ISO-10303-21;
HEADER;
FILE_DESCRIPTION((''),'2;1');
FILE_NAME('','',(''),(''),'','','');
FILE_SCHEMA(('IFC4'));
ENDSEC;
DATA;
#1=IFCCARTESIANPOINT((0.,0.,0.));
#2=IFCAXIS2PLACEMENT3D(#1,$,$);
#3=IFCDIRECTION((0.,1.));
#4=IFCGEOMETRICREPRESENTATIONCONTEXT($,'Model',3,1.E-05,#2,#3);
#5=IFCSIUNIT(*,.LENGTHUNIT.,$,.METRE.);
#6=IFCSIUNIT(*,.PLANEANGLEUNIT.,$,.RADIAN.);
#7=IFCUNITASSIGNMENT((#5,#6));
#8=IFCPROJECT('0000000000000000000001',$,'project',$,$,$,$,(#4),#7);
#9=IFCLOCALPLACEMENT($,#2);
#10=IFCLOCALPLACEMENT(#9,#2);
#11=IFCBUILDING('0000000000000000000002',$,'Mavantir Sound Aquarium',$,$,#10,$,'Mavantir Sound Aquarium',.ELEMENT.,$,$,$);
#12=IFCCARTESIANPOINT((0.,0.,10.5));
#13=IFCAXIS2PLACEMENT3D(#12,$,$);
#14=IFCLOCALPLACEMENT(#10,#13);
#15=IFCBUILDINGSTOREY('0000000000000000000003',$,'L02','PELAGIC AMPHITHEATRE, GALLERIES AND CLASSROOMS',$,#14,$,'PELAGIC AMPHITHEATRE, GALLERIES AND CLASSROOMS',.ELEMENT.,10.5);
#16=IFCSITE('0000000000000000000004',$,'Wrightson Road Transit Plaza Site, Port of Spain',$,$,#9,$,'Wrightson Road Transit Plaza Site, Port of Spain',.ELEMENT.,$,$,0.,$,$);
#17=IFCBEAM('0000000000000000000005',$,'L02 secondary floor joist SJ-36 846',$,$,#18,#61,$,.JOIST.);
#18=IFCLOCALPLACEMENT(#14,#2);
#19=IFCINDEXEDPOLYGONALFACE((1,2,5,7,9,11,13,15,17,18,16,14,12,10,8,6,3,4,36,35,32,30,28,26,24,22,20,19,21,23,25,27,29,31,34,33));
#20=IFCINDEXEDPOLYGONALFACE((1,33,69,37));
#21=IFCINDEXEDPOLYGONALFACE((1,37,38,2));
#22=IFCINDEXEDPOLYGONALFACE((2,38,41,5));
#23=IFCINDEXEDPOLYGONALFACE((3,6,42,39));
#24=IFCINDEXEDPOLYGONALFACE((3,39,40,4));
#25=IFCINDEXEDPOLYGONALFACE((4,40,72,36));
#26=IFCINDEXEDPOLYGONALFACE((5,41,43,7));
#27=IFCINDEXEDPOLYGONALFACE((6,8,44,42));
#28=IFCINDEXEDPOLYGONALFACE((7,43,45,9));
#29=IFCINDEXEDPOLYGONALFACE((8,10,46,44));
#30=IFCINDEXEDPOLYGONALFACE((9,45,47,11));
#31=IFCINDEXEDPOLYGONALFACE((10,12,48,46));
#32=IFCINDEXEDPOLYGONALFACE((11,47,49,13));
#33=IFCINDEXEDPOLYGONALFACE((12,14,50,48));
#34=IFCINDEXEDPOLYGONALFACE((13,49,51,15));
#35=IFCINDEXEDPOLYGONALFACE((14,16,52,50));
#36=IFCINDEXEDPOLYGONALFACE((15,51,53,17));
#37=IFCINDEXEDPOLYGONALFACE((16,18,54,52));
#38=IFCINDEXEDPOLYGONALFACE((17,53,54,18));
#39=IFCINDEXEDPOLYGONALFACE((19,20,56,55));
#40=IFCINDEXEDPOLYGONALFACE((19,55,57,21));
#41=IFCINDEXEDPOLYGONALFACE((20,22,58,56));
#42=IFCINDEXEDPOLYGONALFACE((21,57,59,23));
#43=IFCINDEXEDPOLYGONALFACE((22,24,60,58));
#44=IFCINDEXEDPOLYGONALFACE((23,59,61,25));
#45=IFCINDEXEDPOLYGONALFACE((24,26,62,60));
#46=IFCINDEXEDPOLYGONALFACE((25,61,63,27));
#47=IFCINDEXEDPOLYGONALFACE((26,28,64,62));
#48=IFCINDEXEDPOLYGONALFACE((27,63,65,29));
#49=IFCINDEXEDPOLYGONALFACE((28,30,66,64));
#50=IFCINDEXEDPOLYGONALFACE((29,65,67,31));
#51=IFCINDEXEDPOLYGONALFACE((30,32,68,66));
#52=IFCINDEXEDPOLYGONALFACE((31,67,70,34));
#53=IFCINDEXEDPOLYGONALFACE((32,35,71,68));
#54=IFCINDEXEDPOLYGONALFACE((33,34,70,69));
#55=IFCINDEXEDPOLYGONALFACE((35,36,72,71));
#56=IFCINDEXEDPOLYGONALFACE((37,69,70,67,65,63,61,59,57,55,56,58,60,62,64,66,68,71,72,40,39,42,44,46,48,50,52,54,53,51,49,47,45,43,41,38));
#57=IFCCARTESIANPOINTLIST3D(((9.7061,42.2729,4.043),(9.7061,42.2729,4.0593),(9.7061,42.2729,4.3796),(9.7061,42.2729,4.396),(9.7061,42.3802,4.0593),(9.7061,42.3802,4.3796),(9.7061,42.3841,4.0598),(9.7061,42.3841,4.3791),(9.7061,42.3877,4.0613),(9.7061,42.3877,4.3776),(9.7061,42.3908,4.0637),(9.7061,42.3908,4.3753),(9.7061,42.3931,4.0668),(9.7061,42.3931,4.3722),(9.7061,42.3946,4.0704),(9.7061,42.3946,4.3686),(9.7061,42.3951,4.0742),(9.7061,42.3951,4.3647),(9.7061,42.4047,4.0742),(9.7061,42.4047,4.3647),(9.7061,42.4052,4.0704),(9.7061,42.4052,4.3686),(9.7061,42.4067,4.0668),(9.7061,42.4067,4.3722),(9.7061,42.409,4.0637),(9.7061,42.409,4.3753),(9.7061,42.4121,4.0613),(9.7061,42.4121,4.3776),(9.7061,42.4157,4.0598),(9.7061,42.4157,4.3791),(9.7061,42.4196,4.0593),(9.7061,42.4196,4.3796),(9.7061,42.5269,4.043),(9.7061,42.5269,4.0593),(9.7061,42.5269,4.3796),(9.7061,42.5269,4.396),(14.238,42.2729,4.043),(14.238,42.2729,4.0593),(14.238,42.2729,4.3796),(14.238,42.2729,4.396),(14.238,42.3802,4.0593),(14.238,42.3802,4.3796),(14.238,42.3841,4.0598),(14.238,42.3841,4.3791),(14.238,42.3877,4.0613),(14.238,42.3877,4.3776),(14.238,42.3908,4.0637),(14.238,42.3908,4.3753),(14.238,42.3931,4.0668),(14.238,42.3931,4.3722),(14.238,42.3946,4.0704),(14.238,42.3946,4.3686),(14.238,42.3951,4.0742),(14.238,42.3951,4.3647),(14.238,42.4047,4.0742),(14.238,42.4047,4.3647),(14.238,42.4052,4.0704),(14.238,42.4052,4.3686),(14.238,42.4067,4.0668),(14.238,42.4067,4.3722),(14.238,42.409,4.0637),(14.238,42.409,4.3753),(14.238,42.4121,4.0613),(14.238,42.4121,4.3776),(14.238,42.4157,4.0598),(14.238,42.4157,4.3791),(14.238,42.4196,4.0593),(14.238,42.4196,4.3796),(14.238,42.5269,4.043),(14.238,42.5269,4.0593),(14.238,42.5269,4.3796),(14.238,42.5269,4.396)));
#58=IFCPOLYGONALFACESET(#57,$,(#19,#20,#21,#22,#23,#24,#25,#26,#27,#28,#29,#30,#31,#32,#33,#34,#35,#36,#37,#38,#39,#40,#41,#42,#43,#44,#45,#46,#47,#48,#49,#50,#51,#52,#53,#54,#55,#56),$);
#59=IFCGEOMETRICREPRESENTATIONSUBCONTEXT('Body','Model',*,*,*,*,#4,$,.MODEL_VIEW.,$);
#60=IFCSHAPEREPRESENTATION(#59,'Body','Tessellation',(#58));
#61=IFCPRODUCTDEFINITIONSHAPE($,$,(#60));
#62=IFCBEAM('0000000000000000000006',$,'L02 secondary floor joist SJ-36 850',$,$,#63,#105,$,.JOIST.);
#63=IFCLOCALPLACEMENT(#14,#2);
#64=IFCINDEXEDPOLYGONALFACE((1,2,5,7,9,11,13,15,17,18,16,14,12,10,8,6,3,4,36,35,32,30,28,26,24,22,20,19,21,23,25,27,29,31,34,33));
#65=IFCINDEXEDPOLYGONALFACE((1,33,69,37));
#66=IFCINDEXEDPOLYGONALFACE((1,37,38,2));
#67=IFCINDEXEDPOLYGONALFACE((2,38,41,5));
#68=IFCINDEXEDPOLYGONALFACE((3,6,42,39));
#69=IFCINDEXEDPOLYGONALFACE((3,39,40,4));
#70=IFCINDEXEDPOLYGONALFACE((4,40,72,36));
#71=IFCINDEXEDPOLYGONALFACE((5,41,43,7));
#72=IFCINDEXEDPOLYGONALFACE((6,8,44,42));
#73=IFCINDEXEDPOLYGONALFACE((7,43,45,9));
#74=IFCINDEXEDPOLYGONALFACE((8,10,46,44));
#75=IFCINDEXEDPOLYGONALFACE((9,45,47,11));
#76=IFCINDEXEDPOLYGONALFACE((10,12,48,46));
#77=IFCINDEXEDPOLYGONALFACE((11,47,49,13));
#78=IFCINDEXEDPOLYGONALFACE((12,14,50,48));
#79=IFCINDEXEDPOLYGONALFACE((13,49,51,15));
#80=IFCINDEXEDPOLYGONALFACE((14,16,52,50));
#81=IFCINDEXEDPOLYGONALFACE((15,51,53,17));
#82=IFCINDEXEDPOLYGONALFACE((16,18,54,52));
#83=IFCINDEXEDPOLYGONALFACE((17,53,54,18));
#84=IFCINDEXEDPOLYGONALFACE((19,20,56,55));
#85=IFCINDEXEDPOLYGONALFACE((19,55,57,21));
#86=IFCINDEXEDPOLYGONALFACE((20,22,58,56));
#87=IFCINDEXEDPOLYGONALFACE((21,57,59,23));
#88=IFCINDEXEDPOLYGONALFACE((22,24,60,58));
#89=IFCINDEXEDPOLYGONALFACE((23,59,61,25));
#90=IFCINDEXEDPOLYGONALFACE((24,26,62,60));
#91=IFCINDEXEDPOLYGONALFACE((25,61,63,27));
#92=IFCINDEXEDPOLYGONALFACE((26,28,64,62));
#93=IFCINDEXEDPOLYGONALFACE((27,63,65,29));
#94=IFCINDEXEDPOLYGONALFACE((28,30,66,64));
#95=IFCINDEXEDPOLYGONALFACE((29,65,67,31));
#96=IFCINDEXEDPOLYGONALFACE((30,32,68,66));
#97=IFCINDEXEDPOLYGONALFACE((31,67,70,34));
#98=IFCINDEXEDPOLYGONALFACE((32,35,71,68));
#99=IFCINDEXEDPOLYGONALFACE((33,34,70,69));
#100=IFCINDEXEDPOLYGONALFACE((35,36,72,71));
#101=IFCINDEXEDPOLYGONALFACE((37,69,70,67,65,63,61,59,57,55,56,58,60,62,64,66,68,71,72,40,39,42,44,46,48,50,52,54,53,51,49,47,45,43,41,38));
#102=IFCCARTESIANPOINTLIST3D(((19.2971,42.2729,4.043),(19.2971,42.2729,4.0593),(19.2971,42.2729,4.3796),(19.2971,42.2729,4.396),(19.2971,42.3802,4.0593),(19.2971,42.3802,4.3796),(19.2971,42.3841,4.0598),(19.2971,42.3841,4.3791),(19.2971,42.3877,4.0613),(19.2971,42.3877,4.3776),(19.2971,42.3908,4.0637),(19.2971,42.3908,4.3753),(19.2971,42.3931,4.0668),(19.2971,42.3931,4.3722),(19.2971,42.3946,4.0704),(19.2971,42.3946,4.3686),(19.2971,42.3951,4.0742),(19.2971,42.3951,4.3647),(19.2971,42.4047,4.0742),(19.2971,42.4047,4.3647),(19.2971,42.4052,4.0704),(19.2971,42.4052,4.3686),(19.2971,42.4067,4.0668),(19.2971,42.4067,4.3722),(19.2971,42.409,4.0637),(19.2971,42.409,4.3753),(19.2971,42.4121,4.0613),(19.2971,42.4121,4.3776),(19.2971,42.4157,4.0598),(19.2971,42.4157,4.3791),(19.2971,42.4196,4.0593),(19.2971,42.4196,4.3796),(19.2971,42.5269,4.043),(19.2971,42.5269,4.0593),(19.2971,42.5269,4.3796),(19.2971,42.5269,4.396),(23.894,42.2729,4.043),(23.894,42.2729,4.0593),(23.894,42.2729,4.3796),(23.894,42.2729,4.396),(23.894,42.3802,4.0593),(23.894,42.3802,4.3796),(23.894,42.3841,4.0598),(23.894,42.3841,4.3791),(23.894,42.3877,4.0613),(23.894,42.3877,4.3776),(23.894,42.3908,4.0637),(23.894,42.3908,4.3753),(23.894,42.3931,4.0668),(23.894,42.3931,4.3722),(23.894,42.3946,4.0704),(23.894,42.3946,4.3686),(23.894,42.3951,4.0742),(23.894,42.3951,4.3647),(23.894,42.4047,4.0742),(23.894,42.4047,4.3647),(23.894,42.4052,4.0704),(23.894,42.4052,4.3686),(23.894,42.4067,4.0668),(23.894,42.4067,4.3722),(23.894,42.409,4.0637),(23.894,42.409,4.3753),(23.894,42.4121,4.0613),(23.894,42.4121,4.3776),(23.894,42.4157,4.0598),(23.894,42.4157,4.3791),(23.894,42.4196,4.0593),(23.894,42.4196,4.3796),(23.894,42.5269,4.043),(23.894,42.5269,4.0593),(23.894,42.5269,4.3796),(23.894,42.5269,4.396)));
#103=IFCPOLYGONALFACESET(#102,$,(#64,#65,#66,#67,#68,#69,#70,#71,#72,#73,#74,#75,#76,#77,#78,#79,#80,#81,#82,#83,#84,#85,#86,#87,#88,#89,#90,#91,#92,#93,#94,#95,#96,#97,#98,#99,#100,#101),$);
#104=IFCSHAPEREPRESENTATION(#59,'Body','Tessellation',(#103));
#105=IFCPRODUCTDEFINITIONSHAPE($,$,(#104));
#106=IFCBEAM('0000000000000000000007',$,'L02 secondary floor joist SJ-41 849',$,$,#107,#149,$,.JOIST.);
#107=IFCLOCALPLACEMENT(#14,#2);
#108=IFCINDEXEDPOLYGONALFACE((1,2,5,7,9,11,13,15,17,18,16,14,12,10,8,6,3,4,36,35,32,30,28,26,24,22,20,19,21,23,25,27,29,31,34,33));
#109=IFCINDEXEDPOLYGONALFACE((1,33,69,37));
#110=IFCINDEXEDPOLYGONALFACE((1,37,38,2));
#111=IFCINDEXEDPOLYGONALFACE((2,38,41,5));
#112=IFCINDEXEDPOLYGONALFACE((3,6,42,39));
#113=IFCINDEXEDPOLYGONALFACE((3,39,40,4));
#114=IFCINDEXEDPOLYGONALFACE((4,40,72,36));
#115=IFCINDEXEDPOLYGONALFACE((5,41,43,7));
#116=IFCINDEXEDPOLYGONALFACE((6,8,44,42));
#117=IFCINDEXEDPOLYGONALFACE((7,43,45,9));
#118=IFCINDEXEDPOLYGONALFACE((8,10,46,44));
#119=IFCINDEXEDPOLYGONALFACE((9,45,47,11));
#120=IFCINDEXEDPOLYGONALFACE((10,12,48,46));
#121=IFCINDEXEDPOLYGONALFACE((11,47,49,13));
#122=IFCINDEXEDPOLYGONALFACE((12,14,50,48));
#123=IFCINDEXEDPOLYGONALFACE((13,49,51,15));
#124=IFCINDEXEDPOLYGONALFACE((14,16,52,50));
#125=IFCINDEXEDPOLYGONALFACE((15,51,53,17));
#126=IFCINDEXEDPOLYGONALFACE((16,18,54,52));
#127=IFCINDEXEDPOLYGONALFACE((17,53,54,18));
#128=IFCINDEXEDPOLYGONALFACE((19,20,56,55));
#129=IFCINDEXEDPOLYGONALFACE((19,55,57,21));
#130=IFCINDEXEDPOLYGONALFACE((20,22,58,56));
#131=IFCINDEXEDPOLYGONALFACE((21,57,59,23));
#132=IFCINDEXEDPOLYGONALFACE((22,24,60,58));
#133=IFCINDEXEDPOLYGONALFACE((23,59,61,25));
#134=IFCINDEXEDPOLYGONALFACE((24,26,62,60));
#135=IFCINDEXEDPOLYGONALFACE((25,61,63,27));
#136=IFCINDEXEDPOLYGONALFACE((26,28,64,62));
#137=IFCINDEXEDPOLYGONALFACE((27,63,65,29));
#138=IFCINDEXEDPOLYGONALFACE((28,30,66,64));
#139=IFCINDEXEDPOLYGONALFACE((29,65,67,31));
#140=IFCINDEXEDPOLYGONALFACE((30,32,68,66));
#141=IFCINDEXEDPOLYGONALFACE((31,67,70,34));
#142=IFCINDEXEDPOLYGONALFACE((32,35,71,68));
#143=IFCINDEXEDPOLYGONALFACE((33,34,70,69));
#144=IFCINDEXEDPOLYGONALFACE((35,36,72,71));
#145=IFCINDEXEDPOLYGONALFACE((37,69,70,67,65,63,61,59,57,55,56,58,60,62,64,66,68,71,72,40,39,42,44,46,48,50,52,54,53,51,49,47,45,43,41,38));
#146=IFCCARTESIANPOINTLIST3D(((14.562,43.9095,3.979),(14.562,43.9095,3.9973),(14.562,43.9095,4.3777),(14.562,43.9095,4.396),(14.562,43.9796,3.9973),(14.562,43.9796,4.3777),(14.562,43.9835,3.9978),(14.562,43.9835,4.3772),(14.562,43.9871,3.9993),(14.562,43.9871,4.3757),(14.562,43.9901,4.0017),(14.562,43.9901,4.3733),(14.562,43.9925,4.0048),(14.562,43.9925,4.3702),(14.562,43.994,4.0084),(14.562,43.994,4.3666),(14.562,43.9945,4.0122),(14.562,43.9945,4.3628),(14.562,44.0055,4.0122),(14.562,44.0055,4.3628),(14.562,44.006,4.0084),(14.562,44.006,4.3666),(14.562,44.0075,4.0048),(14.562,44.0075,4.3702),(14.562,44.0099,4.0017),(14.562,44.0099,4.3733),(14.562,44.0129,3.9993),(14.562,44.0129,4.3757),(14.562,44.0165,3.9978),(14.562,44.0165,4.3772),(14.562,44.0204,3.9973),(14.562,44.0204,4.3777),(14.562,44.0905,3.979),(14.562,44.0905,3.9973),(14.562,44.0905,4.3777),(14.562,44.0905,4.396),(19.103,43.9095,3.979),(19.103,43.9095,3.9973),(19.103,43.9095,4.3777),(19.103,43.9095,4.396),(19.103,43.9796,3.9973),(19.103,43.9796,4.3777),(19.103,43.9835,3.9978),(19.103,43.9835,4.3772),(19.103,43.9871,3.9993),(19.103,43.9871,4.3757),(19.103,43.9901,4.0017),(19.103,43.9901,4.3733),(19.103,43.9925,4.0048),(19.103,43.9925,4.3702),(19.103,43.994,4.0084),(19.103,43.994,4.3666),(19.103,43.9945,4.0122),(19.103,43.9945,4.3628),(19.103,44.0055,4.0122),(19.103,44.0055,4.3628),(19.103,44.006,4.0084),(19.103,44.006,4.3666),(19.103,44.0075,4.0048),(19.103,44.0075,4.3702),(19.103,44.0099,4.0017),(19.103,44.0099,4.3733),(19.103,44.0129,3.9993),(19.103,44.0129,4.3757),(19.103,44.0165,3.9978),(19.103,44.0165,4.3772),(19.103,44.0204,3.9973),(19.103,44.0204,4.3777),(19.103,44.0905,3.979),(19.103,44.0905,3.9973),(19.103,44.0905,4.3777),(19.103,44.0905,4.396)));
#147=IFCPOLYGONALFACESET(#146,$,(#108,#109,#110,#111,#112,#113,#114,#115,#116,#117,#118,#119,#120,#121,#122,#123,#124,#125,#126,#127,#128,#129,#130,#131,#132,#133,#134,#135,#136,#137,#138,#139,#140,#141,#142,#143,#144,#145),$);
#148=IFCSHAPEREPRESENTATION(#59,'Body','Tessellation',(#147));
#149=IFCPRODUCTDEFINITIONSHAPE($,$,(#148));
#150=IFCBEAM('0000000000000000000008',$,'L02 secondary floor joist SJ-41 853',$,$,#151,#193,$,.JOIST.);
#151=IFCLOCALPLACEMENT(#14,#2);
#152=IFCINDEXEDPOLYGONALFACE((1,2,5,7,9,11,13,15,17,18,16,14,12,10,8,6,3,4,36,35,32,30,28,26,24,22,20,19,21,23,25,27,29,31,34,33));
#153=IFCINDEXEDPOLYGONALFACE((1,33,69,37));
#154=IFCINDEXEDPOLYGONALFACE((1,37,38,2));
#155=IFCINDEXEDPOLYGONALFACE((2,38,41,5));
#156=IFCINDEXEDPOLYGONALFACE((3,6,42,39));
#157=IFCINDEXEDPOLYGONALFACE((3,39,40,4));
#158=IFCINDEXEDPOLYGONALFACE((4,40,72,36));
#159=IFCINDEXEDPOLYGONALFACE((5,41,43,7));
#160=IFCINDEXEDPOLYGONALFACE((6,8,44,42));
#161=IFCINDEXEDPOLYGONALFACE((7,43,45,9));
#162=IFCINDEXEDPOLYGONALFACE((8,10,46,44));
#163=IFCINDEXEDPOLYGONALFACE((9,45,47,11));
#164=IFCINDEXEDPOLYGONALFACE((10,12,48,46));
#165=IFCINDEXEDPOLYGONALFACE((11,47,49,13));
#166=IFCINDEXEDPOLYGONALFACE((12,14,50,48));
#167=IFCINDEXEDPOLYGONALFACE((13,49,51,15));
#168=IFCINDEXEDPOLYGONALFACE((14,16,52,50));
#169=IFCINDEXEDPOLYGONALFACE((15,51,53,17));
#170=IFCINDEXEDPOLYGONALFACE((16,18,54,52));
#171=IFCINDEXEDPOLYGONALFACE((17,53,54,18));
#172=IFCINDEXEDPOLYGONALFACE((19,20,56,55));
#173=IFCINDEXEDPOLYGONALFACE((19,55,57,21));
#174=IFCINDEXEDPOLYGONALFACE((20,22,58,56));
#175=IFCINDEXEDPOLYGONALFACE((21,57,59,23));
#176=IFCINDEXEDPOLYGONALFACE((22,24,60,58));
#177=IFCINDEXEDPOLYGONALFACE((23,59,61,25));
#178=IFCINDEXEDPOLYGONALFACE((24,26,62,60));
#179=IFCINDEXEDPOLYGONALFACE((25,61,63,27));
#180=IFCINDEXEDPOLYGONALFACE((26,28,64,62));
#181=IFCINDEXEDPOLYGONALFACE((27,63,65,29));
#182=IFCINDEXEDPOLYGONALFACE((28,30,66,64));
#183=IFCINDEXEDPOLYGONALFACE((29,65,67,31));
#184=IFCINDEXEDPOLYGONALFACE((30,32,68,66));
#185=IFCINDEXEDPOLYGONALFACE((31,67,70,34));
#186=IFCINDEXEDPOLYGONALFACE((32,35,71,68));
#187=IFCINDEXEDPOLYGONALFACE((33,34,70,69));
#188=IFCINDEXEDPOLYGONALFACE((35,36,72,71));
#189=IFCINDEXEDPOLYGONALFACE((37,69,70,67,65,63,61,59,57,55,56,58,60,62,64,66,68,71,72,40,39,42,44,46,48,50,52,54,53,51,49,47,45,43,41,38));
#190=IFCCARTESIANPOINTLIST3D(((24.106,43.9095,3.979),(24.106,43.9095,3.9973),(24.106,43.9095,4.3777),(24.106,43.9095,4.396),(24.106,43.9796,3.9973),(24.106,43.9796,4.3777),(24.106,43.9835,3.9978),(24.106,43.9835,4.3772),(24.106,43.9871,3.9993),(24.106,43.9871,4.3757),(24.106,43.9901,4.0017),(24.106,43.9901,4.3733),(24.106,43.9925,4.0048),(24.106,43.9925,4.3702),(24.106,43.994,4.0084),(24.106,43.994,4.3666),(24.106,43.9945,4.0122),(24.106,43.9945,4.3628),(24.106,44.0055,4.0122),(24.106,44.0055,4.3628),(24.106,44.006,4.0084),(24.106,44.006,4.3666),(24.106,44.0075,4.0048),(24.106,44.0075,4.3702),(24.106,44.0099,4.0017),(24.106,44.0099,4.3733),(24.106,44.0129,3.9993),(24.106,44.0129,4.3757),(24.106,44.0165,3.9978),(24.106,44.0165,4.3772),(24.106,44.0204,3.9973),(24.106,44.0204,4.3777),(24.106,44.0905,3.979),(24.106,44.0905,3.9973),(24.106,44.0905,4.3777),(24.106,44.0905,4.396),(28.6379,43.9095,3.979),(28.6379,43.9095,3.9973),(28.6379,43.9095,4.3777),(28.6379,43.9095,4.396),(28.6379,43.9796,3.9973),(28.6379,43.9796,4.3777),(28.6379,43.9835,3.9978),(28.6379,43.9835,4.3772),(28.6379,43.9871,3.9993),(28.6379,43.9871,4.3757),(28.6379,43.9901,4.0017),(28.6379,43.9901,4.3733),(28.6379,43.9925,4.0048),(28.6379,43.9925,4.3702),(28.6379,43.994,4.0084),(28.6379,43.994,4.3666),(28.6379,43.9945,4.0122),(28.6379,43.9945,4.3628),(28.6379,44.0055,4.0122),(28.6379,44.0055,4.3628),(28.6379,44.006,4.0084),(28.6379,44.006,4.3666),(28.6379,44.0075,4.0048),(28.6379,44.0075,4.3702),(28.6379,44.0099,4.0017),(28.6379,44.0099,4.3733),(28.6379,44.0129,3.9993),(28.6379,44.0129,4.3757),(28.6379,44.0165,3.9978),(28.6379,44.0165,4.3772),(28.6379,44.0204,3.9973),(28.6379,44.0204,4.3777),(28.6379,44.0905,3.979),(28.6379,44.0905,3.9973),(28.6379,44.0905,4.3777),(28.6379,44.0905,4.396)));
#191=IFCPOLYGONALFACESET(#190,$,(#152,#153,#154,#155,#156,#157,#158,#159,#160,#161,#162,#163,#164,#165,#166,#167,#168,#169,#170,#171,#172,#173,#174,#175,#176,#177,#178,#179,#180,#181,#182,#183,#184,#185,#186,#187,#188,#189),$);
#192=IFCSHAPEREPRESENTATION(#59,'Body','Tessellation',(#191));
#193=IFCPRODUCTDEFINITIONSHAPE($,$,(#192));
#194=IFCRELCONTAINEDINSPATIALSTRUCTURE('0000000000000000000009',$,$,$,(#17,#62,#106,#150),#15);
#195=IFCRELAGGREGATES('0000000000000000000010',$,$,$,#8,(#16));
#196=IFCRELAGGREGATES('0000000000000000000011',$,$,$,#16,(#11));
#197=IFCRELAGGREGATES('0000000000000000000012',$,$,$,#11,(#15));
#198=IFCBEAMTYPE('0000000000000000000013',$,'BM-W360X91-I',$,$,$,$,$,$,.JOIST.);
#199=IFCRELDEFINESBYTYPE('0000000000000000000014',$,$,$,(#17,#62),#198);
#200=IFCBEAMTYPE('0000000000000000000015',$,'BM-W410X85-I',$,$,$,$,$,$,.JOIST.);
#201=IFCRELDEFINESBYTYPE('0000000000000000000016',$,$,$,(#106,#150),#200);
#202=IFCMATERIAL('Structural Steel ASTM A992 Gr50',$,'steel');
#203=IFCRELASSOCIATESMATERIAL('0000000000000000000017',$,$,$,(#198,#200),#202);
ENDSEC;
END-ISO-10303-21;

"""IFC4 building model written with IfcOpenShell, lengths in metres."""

from ifc_helpers import new_model, si_unit, direction, frame, origin, origin_2d, place, context, subcontext, project, spatial, i_section, extrude, material, material_profile, profile_set, type_object, element, save


model = new_model("IFC4")

# Units and contexts
model_context = context("Model", 3, precision=1e-05, world=origin(), true_north=direction((0.0, 1.0)))
body_context = subcontext(model_context, "Body", "Model", "MODEL_VIEW")
ifc_project = project(units=[si_unit("LENGTHUNIT", "METRE"), si_unit("PLANEANGLEUNIT", "RADIAN")], contexts=[model_context])

# Site, building, storey
site_placement = place(None, origin())
site = spatial("IfcSite", under=ifc_project, at=site_placement, Name="Wrightson Road Transit Plaza Site, Port of Spain", LongName="Wrightson Road Transit Plaza Site, Port of Spain", CompositionType="ELEMENT", RefElevation=0.0)
building_placement = place(site_placement, origin())
building = spatial("IfcBuilding", under=site, at=building_placement, Name="Mavantir Sound Aquarium", LongName="Mavantir Sound Aquarium", CompositionType="ELEMENT")
storey_placement = place(building_placement, frame((0.0, 0.0, 10.5)))
storey = spatial("IfcBuildingStorey", under=building, at=storey_placement, Name="L02", Description="PELAGIC AMPHITHEATRE, GALLERIES AND CLASSROOMS", LongName="PELAGIC AMPHITHEATRE, GALLERIES AND CLASSROOMS", CompositionType="ELEMENT", Elevation=10.5)

# Beams
ifc_material_1 = material(Name="Structural Steel ASTM A992 Gr50", Category="steel")
ifc_material_profile_1 = material_profile(ifc_material_1, i_section(OverallWidth=0.2539, OverallDepth=0.353, WebThickness=0.0095, FlangeThickness=0.0164, FilletRadius=0.0149, at=origin_2d()), Name="W360X91")
ifc_profile_set_1 = profile_set([ifc_material_profile_1], Name="Structural Steel ASTM A992 Gr50")
beam_type_1 = type_object("IfcBeamType", Name="BM-W360X91-I", PredefinedType="JOIST", material=ifc_profile_set_1)
beam_1_placement = place(storey_placement, frame((9.7061, 42.3999, 4.2195), z_axis=(1.0, 0.0, 0.0), x_axis=(0.0, 1.0, 0.0)))
element("IfcBeam", 1, at=beam_1_placement, inside=storey, type_object=beam_type_1, Name="L02 secondary floor joist SJ-36 846", PredefinedType="JOIST", context=body_context, shape_type="SweptSolid", body=[
    extrude(i_section(OverallWidth=0.2539, OverallDepth=0.353, WebThickness=0.0095, FlangeThickness=0.0164, FilletRadius=0.0149, at=origin_2d()), origin(), (0.0, 0.0, 1.0), 4.532),
])
beam_2_placement = place(storey_placement, frame((19.2971, 42.3999, 4.2195), z_axis=(1.0, 0.0, 0.0), x_axis=(0.0, 1.0, 0.0)))
element("IfcBeam", 2, at=beam_2_placement, inside=storey, type_object=beam_type_1, Name="L02 secondary floor joist SJ-36 850", PredefinedType="JOIST", context=body_context, shape_type="SweptSolid", body=[
    extrude(i_section(OverallWidth=0.2539, OverallDepth=0.353, WebThickness=0.0095, FlangeThickness=0.0164, FilletRadius=0.0149, at=origin_2d()), origin(), (0.0, 0.0, 1.0), 4.5969),
])
ifc_material_profile_2 = material_profile(ifc_material_1, i_section(OverallWidth=0.1809, OverallDepth=0.417, WebThickness=0.011, FlangeThickness=0.0183, FilletRadius=0.0149, at=origin_2d()), Name="W410X85")
ifc_profile_set_2 = profile_set([ifc_material_profile_2], Name="Structural Steel ASTM A992 Gr50")
beam_type_2 = type_object("IfcBeamType", Name="BM-W410X85-I", PredefinedType="JOIST", material=ifc_profile_set_2)
beam_3_placement = place(storey_placement, frame((14.562, 44.0, 4.1875), z_axis=(1.0, 0.0, 0.0), x_axis=(0.0, 1.0, 0.0)))
element("IfcBeam", 3, at=beam_3_placement, inside=storey, type_object=beam_type_2, Name="L02 secondary floor joist SJ-41 849", PredefinedType="JOIST", context=body_context, shape_type="SweptSolid", body=[
    extrude(i_section(OverallWidth=0.1809, OverallDepth=0.417, WebThickness=0.011, FlangeThickness=0.0183, FilletRadius=0.0149, at=origin_2d()), origin(), (0.0, 0.0, 1.0), 4.541),
])
beam_4_placement = place(storey_placement, frame((24.106, 44.0, 4.1875), z_axis=(1.0, 0.0, 0.0), x_axis=(0.0, 1.0, 0.0)))
element("IfcBeam", 4, at=beam_4_placement, inside=storey, type_object=beam_type_2, Name="L02 secondary floor joist SJ-41 853", PredefinedType="JOIST", context=body_context, shape_type="SweptSolid", body=[
    extrude(i_section(OverallWidth=0.1809, OverallDepth=0.417, WebThickness=0.011, FlangeThickness=0.0183, FilletRadius=0.0149, at=origin_2d()), origin(), (0.0, 0.0, 1.0), 4.532),
])

save(model, "model.ifc")
